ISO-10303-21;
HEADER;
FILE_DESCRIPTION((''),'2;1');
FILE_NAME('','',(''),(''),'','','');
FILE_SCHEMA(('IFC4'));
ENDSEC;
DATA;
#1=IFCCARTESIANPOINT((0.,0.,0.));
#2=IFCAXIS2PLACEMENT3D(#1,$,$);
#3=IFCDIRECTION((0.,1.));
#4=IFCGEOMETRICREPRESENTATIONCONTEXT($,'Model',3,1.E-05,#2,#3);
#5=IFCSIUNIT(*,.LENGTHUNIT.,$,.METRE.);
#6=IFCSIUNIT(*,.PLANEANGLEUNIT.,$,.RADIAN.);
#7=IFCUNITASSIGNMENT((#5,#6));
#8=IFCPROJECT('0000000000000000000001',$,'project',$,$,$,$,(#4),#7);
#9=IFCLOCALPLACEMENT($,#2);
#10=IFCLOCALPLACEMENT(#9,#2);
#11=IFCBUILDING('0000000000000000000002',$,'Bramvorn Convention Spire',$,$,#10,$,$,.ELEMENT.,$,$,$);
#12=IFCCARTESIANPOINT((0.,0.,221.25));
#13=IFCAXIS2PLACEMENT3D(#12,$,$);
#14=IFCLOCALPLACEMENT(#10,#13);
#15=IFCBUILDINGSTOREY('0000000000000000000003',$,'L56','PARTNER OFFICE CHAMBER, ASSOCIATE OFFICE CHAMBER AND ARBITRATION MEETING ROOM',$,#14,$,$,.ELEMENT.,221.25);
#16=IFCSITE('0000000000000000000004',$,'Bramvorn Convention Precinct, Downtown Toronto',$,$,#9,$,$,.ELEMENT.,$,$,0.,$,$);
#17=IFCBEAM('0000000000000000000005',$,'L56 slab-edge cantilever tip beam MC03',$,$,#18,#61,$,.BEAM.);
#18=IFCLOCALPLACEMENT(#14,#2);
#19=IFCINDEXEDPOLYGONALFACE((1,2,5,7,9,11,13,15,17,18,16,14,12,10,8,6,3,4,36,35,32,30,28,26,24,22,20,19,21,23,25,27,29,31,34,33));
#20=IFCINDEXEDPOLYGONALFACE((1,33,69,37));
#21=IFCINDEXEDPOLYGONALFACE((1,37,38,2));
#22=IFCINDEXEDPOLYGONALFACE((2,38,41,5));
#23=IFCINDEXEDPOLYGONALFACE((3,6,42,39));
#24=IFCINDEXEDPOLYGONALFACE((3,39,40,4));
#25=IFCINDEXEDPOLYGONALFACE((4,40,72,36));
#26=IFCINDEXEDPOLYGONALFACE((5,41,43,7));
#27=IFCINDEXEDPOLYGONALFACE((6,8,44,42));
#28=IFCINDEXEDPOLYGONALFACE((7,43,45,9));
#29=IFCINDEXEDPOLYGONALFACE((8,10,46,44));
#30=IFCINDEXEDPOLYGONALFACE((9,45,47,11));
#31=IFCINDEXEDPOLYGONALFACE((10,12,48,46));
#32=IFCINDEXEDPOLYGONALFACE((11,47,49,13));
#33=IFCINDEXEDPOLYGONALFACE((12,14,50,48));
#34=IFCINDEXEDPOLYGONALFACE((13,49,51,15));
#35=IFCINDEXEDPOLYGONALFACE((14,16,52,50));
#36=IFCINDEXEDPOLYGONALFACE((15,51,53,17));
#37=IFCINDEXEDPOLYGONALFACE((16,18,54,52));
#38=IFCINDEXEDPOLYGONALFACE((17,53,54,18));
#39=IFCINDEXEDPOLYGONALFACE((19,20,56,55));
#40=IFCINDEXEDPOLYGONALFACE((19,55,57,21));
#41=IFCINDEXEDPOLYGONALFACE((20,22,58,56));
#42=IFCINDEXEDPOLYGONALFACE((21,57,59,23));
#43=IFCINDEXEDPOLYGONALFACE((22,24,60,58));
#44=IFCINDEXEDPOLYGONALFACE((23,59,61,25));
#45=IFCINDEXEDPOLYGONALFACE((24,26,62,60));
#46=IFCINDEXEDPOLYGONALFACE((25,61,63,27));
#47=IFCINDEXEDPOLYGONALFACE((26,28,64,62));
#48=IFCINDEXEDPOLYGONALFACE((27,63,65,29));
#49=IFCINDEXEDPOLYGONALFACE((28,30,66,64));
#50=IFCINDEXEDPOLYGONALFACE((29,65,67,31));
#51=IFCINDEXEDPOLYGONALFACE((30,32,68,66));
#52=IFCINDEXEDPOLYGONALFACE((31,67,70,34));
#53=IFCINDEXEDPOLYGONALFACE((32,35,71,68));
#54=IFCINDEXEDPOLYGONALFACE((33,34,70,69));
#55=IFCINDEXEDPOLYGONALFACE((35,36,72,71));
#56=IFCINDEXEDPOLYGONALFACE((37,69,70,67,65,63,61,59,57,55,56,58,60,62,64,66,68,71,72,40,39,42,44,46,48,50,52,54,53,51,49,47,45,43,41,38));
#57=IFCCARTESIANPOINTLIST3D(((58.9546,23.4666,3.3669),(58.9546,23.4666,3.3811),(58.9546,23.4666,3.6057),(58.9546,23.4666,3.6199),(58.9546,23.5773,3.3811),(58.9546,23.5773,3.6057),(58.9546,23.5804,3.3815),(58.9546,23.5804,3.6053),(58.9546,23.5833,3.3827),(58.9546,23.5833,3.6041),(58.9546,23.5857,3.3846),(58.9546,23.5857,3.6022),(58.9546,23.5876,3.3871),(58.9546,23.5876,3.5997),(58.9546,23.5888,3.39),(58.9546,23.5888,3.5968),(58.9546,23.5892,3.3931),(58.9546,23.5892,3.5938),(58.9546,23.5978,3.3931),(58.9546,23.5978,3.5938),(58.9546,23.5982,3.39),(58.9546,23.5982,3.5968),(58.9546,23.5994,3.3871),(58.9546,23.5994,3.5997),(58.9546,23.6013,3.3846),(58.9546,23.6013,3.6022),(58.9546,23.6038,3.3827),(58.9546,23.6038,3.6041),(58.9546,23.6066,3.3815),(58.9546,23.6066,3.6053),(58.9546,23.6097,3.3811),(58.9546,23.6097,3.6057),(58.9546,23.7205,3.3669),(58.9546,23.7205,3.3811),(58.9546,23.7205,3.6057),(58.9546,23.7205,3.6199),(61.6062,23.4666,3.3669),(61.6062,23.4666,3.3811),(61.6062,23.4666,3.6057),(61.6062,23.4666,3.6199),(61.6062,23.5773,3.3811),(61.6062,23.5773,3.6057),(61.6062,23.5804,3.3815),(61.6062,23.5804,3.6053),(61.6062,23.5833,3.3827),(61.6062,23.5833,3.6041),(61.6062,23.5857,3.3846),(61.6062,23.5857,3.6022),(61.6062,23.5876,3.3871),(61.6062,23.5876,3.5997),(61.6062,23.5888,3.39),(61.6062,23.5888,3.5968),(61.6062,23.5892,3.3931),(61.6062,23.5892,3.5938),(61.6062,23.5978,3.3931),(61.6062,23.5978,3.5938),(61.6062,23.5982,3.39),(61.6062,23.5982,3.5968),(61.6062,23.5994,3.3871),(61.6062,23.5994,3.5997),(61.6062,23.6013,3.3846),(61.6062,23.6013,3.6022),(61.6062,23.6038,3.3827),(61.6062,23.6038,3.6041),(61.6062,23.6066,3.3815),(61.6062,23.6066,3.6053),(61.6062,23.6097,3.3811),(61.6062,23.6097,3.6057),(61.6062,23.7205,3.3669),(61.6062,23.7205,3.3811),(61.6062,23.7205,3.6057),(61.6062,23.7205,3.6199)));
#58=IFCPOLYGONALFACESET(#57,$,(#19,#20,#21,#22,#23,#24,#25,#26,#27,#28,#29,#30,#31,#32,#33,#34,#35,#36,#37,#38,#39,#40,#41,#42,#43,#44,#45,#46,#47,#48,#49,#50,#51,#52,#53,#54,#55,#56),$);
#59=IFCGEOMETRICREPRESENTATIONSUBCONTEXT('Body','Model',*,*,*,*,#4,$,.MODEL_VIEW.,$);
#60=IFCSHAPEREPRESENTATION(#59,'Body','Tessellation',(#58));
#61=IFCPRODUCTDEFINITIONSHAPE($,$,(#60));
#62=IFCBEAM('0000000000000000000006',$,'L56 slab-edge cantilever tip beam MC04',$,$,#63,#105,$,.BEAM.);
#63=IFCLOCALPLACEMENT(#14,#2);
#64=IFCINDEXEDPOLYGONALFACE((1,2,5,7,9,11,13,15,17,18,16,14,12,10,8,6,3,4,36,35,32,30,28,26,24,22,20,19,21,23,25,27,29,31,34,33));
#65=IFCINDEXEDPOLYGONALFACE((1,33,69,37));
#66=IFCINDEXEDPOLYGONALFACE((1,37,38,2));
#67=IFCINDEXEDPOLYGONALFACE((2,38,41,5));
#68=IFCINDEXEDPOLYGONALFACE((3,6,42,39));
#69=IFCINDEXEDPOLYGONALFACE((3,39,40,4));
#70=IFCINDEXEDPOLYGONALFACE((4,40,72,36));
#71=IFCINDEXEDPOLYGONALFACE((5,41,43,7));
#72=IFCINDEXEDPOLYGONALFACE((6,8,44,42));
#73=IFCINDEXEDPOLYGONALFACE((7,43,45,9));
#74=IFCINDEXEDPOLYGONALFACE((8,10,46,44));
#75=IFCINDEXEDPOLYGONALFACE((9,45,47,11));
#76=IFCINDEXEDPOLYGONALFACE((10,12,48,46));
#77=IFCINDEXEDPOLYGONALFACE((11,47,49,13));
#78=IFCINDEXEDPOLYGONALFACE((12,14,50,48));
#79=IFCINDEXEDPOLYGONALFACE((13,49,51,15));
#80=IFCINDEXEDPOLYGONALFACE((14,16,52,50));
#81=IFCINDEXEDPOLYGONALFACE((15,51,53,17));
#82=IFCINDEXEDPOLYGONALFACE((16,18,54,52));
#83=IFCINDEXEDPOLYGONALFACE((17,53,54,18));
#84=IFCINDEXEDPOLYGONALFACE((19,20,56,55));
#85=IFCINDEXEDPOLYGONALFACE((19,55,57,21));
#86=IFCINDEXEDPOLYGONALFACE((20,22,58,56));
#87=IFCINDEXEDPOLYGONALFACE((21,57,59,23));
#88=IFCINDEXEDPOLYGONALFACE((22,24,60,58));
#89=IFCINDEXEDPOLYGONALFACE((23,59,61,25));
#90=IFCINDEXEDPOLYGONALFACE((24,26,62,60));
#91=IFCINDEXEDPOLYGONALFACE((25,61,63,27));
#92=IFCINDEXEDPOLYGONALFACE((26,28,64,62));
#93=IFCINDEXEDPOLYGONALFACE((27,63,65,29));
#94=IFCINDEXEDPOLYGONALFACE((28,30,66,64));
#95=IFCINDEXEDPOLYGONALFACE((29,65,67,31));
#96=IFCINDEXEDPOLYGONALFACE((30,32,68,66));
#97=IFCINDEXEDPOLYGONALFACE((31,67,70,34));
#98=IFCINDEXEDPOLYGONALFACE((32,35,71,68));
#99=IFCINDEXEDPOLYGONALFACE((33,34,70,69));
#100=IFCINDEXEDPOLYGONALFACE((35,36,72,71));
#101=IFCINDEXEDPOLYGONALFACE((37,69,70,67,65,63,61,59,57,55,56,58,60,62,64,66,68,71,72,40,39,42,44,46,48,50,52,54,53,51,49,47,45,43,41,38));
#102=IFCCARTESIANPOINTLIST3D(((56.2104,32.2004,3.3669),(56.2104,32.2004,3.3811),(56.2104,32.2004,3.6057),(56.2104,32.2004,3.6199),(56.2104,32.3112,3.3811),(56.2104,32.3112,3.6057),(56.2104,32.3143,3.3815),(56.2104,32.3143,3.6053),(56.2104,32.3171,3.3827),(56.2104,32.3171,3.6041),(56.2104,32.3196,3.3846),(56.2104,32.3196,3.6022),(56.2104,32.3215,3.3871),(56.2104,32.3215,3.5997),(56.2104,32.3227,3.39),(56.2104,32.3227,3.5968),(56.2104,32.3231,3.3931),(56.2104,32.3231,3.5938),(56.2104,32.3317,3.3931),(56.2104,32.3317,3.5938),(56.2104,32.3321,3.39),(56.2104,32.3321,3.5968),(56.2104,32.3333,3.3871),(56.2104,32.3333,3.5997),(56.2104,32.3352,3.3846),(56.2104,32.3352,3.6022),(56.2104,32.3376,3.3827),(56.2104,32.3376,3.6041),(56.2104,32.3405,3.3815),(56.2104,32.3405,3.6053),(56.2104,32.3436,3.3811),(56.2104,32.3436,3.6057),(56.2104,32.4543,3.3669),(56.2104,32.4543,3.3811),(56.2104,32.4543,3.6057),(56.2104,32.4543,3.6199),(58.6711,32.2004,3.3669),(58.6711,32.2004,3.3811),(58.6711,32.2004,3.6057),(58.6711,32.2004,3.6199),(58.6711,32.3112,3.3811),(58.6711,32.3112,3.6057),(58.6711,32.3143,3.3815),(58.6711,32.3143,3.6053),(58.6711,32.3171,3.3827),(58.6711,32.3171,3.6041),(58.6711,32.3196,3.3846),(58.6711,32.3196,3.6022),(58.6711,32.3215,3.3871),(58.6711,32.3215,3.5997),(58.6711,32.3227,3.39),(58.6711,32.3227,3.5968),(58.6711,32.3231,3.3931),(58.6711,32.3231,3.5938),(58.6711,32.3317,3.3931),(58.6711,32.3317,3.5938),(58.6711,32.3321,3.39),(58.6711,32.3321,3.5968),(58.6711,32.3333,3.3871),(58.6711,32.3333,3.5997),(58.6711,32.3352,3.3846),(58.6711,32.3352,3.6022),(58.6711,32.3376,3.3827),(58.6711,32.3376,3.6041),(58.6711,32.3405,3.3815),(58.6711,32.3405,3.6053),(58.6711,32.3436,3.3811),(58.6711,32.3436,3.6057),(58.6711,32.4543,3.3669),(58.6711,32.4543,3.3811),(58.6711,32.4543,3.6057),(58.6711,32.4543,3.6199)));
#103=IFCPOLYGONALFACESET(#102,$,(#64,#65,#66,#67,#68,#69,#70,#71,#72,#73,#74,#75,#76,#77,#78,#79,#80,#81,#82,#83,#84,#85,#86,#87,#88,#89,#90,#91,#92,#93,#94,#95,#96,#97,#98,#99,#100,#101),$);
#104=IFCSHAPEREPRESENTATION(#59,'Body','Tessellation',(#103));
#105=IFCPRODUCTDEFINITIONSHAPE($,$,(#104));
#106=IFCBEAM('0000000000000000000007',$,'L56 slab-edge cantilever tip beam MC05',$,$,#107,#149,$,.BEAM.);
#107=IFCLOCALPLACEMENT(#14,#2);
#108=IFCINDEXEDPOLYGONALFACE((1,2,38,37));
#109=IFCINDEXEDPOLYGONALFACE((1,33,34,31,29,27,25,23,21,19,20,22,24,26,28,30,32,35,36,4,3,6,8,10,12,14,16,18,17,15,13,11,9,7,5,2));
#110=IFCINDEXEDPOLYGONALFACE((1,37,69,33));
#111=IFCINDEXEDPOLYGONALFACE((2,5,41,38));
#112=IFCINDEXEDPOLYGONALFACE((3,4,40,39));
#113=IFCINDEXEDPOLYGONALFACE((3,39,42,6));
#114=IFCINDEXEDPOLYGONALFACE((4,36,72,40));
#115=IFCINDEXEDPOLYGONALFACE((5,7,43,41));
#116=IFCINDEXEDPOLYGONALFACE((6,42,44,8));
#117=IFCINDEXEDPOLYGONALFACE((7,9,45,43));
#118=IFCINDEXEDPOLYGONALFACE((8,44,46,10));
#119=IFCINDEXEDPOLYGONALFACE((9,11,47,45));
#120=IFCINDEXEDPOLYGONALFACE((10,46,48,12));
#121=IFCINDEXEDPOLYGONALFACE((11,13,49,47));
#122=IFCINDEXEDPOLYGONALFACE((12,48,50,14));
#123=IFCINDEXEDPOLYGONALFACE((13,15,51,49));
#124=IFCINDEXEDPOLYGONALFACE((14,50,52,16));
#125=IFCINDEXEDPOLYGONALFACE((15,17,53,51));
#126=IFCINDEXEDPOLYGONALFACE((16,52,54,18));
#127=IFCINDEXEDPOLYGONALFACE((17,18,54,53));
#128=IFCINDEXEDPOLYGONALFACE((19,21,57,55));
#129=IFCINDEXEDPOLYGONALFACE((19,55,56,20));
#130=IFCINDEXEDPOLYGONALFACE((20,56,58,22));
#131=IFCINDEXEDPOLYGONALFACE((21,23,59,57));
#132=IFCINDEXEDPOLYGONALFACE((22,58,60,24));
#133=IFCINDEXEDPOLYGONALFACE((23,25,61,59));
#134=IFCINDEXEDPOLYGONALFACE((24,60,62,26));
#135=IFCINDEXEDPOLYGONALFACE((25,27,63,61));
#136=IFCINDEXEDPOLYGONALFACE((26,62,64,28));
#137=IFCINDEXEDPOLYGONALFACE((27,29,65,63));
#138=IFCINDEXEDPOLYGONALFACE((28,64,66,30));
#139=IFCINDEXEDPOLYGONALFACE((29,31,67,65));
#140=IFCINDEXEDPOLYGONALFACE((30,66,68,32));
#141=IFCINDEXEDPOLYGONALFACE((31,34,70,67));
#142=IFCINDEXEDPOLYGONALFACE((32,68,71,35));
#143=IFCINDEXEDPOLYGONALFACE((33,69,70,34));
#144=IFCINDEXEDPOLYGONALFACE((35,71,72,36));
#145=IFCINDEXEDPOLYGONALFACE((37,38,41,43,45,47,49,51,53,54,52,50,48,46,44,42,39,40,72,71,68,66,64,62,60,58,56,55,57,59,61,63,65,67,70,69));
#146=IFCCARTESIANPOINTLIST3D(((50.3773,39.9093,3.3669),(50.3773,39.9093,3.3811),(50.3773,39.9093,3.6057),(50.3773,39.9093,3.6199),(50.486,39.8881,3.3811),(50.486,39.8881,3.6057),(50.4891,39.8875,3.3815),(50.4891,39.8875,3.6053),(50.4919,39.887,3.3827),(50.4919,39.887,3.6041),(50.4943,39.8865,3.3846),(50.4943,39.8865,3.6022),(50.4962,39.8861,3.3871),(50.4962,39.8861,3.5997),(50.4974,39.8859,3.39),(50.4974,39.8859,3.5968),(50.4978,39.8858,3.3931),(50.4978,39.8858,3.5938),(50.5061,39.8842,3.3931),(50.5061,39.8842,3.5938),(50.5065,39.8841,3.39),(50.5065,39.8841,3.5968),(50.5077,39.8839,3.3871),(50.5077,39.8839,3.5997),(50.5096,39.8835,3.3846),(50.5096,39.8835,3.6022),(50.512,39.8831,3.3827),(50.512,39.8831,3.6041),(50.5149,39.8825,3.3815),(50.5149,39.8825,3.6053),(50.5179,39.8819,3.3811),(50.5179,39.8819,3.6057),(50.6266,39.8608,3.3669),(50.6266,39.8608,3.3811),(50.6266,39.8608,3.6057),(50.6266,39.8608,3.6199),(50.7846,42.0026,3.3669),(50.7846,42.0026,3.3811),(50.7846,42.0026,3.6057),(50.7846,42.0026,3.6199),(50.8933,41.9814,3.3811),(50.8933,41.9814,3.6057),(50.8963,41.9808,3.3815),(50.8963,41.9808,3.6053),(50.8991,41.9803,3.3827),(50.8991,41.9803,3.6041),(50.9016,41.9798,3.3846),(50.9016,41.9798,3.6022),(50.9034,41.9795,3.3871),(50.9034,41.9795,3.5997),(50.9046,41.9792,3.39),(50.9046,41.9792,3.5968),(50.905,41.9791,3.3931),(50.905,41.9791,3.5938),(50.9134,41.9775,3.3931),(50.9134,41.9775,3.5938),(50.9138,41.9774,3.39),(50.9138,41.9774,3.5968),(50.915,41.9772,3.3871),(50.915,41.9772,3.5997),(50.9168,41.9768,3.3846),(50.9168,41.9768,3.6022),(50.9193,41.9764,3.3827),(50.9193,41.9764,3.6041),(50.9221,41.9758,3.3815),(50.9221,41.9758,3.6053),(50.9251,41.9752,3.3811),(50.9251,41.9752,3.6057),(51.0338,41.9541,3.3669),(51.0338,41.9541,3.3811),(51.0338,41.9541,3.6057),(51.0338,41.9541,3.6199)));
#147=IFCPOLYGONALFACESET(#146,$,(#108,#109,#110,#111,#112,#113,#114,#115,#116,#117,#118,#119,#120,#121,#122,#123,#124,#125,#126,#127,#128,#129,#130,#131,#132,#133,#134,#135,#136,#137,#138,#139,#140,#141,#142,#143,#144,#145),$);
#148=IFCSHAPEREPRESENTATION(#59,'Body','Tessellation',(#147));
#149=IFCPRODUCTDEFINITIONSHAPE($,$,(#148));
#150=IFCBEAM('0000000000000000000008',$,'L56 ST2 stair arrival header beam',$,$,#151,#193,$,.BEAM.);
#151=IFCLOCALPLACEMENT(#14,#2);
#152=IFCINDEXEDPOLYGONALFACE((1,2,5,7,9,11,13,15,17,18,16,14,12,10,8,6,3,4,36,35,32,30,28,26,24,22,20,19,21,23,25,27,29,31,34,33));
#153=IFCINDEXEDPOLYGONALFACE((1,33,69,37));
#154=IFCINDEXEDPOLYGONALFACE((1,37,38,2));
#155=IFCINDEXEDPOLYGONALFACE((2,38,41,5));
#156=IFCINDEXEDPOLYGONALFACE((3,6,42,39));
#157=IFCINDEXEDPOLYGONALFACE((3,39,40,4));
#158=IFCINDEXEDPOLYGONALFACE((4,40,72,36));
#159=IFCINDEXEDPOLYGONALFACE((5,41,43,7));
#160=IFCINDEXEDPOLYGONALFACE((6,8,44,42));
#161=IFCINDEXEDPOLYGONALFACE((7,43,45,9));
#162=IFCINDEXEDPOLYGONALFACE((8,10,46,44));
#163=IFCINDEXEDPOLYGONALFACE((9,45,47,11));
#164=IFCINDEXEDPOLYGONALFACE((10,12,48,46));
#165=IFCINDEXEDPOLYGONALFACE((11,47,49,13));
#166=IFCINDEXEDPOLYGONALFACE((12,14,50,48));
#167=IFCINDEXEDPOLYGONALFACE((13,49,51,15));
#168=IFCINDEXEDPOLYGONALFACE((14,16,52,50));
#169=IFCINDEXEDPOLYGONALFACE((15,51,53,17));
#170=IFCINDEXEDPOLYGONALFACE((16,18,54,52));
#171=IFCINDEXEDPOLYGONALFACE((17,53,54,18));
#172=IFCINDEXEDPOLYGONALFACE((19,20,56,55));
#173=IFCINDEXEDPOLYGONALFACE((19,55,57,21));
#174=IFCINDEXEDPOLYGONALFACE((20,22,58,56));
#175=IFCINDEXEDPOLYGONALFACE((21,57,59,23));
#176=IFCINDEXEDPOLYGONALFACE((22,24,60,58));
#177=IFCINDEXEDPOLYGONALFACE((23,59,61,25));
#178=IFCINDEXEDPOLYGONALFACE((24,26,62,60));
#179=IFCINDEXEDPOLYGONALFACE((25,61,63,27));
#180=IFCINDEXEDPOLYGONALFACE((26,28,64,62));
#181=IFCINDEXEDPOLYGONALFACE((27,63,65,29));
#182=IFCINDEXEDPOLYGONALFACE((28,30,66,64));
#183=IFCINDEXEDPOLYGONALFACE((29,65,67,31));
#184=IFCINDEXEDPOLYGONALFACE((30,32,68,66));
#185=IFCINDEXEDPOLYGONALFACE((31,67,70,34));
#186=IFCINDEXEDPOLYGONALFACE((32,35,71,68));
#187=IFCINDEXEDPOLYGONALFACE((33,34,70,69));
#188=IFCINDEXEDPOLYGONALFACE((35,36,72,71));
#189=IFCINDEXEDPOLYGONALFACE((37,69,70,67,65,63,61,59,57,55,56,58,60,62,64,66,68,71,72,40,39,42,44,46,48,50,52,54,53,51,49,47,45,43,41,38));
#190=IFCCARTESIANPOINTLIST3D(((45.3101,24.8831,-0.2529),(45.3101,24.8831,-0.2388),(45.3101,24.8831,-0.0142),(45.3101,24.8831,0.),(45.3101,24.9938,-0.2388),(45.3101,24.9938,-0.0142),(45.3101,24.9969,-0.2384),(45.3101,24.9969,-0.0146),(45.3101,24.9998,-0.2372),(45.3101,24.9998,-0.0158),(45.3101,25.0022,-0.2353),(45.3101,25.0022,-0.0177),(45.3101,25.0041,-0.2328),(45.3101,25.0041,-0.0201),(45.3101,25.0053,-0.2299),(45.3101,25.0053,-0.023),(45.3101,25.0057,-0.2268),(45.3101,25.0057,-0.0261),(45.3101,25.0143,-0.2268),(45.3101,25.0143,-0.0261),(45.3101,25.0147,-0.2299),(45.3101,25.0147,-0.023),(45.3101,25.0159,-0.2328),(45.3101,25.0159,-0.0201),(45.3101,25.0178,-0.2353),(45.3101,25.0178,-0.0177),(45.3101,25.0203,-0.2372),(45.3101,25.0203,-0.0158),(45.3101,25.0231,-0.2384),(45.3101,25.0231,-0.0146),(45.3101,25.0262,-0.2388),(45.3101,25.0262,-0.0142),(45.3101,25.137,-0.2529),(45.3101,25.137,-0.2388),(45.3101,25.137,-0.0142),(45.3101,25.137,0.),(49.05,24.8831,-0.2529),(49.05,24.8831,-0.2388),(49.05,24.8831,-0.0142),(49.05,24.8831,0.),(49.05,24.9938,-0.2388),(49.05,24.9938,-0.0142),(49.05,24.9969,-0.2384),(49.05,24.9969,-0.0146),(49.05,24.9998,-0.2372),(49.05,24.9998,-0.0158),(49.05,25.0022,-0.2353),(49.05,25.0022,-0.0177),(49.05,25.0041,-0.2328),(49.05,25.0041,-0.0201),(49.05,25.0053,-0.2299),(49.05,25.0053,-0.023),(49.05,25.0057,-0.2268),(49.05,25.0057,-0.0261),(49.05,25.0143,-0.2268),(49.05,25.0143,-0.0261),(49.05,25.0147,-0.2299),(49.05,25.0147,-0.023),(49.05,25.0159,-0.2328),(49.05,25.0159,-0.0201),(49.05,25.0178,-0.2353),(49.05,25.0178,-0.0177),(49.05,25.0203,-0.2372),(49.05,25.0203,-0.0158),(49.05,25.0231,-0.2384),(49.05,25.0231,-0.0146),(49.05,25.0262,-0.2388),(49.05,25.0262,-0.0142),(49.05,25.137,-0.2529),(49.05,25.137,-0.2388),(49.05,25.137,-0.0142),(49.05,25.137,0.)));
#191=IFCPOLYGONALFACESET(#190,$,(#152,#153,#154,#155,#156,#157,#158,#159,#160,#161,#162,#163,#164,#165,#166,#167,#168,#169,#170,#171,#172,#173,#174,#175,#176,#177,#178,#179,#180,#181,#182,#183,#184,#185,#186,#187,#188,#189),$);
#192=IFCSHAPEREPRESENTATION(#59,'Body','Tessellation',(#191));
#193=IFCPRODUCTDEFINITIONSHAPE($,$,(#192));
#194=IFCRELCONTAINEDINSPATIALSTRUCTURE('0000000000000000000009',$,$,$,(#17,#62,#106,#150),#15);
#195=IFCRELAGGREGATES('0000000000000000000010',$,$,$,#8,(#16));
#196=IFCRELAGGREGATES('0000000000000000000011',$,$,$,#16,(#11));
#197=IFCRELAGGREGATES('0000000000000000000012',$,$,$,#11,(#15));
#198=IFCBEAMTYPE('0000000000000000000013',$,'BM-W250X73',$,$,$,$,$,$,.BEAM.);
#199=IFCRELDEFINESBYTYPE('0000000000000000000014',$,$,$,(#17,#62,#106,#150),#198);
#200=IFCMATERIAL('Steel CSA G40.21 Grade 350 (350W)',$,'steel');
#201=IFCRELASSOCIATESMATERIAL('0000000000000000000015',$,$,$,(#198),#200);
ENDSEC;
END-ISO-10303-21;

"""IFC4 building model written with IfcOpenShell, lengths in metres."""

from ifc_helpers import new_model, si_unit, direction, frame, origin, origin_2d, place, context, subcontext, project, spatial, i_section, extrude, material, material_profile, profile_set, type_object, element, save


model = new_model("IFC4")

# Units and contexts
model_context = context("Model", 3, precision=1e-05, world=origin(), true_north=direction((0.0, 1.0)))
body_context = subcontext(model_context, "Body", "Model", "MODEL_VIEW")
ifc_project = project(units=[si_unit("LENGTHUNIT", "METRE"), si_unit("PLANEANGLEUNIT", "RADIAN")], contexts=[model_context])

# Site, building, storey
site_placement = place(None, origin())
site = spatial("IfcSite", under=ifc_project, at=site_placement, Name="Bramvorn Convention Precinct, Downtown Toronto", CompositionType="ELEMENT", RefElevation=0.0)
building_placement = place(site_placement, origin())
building = spatial("IfcBuilding", under=site, at=building_placement, Name="Bramvorn Convention Spire", CompositionType="ELEMENT")
storey_placement = place(building_placement, frame((0.0, 0.0, 221.25)))
storey = spatial("IfcBuildingStorey", under=building, at=storey_placement, Name="L56", Description="PARTNER OFFICE CHAMBER, ASSOCIATE OFFICE CHAMBER AND ARBITRATION MEETING ROOM", CompositionType="ELEMENT", Elevation=221.25)

# Shared definitions
ifc_material_1 = material(Name="Steel CSA G40.21 Grade 350 (350W)", Category="steel")

# Beams
ifc_material_profile_1 = material_profile(ifc_material_1, i_section(OverallWidth=0.2539, OverallDepth=0.2529, WebThickness=0.0085, FlangeThickness=0.0142, FilletRadius=0.012, at=origin_2d()))
ifc_profile_set_1 = profile_set([ifc_material_profile_1], Name="Steel CSA G40.21 Grade 350 (350W) - W250X73")
beam_type_1 = type_object("IfcBeamType", Name="BM-W250X73", PredefinedType="BEAM", material=ifc_profile_set_1)
beam_1_placement = place(storey_placement, frame((58.9546, 23.5935, 3.4934), z_axis=(1.0, 0.0, 0.0), x_axis=(0.0, 1.0, 0.0)))
element("IfcBeam", 1, at=beam_1_placement, inside=storey, type_object=beam_type_1, Name="L56 slab-edge cantilever tip beam MC03", PredefinedType="BEAM", context=body_context, shape_type="SweptSolid", body=[
    extrude(i_section(OverallWidth=0.2539, OverallDepth=0.2529, WebThickness=0.0085, FlangeThickness=0.0142, FilletRadius=0.012, at=origin_2d()), origin(), (0.0, 0.0, 1.0), 2.6516),
])
beam_2_placement = place(storey_placement, frame((56.2104, 32.3274, 3.4934), z_axis=(1.0, 0.0, 0.0), x_axis=(0.0, 1.0, 0.0)))
element("IfcBeam", 2, at=beam_2_placement, inside=storey, type_object=beam_type_1, Name="L56 slab-edge cantilever tip beam MC04", PredefinedType="BEAM", context=body_context, shape_type="SweptSolid", body=[
    extrude(i_section(OverallWidth=0.2539, OverallDepth=0.2529, WebThickness=0.0085, FlangeThickness=0.0142, FilletRadius=0.012, at=origin_2d()), origin(), (0.0, 0.0, 1.0), 2.4607),
])
beam_3_placement = place(storey_placement, frame((50.502, 39.885, 3.4934), z_axis=(0.190962, 0.981598, 0.0), x_axis=(-0.981598, 0.190962, 0.0)))
element("IfcBeam", 3, at=beam_3_placement, inside=storey, type_object=beam_type_1, Name="L56 slab-edge cantilever tip beam MC05", PredefinedType="BEAM", context=body_context, shape_type="SweptSolid", body=[
    extrude(i_section(OverallWidth=0.2539, OverallDepth=0.2529, WebThickness=0.0085, FlangeThickness=0.0142, FilletRadius=0.012, at=origin_2d()), origin(), (0.0, 0.0, 1.0), 2.1326),
])
beam_4_placement = place(storey_placement, frame((45.3101, 25.01, -0.1265), z_axis=(1.0, 0.0, 0.0), x_axis=(0.0, 1.0, 0.0)))
element("IfcBeam", 4, at=beam_4_placement, inside=storey, type_object=beam_type_1, Name="L56 ST2 stair arrival header beam", PredefinedType="BEAM", context=body_context, shape_type="SweptSolid", body=[
    extrude(i_section(OverallWidth=0.2539, OverallDepth=0.2529, WebThickness=0.0085, FlangeThickness=0.0142, FilletRadius=0.012, at=origin_2d()), origin(), (0.0, 0.0, 1.0), 3.74),
])

save(model, "model.ifc")
